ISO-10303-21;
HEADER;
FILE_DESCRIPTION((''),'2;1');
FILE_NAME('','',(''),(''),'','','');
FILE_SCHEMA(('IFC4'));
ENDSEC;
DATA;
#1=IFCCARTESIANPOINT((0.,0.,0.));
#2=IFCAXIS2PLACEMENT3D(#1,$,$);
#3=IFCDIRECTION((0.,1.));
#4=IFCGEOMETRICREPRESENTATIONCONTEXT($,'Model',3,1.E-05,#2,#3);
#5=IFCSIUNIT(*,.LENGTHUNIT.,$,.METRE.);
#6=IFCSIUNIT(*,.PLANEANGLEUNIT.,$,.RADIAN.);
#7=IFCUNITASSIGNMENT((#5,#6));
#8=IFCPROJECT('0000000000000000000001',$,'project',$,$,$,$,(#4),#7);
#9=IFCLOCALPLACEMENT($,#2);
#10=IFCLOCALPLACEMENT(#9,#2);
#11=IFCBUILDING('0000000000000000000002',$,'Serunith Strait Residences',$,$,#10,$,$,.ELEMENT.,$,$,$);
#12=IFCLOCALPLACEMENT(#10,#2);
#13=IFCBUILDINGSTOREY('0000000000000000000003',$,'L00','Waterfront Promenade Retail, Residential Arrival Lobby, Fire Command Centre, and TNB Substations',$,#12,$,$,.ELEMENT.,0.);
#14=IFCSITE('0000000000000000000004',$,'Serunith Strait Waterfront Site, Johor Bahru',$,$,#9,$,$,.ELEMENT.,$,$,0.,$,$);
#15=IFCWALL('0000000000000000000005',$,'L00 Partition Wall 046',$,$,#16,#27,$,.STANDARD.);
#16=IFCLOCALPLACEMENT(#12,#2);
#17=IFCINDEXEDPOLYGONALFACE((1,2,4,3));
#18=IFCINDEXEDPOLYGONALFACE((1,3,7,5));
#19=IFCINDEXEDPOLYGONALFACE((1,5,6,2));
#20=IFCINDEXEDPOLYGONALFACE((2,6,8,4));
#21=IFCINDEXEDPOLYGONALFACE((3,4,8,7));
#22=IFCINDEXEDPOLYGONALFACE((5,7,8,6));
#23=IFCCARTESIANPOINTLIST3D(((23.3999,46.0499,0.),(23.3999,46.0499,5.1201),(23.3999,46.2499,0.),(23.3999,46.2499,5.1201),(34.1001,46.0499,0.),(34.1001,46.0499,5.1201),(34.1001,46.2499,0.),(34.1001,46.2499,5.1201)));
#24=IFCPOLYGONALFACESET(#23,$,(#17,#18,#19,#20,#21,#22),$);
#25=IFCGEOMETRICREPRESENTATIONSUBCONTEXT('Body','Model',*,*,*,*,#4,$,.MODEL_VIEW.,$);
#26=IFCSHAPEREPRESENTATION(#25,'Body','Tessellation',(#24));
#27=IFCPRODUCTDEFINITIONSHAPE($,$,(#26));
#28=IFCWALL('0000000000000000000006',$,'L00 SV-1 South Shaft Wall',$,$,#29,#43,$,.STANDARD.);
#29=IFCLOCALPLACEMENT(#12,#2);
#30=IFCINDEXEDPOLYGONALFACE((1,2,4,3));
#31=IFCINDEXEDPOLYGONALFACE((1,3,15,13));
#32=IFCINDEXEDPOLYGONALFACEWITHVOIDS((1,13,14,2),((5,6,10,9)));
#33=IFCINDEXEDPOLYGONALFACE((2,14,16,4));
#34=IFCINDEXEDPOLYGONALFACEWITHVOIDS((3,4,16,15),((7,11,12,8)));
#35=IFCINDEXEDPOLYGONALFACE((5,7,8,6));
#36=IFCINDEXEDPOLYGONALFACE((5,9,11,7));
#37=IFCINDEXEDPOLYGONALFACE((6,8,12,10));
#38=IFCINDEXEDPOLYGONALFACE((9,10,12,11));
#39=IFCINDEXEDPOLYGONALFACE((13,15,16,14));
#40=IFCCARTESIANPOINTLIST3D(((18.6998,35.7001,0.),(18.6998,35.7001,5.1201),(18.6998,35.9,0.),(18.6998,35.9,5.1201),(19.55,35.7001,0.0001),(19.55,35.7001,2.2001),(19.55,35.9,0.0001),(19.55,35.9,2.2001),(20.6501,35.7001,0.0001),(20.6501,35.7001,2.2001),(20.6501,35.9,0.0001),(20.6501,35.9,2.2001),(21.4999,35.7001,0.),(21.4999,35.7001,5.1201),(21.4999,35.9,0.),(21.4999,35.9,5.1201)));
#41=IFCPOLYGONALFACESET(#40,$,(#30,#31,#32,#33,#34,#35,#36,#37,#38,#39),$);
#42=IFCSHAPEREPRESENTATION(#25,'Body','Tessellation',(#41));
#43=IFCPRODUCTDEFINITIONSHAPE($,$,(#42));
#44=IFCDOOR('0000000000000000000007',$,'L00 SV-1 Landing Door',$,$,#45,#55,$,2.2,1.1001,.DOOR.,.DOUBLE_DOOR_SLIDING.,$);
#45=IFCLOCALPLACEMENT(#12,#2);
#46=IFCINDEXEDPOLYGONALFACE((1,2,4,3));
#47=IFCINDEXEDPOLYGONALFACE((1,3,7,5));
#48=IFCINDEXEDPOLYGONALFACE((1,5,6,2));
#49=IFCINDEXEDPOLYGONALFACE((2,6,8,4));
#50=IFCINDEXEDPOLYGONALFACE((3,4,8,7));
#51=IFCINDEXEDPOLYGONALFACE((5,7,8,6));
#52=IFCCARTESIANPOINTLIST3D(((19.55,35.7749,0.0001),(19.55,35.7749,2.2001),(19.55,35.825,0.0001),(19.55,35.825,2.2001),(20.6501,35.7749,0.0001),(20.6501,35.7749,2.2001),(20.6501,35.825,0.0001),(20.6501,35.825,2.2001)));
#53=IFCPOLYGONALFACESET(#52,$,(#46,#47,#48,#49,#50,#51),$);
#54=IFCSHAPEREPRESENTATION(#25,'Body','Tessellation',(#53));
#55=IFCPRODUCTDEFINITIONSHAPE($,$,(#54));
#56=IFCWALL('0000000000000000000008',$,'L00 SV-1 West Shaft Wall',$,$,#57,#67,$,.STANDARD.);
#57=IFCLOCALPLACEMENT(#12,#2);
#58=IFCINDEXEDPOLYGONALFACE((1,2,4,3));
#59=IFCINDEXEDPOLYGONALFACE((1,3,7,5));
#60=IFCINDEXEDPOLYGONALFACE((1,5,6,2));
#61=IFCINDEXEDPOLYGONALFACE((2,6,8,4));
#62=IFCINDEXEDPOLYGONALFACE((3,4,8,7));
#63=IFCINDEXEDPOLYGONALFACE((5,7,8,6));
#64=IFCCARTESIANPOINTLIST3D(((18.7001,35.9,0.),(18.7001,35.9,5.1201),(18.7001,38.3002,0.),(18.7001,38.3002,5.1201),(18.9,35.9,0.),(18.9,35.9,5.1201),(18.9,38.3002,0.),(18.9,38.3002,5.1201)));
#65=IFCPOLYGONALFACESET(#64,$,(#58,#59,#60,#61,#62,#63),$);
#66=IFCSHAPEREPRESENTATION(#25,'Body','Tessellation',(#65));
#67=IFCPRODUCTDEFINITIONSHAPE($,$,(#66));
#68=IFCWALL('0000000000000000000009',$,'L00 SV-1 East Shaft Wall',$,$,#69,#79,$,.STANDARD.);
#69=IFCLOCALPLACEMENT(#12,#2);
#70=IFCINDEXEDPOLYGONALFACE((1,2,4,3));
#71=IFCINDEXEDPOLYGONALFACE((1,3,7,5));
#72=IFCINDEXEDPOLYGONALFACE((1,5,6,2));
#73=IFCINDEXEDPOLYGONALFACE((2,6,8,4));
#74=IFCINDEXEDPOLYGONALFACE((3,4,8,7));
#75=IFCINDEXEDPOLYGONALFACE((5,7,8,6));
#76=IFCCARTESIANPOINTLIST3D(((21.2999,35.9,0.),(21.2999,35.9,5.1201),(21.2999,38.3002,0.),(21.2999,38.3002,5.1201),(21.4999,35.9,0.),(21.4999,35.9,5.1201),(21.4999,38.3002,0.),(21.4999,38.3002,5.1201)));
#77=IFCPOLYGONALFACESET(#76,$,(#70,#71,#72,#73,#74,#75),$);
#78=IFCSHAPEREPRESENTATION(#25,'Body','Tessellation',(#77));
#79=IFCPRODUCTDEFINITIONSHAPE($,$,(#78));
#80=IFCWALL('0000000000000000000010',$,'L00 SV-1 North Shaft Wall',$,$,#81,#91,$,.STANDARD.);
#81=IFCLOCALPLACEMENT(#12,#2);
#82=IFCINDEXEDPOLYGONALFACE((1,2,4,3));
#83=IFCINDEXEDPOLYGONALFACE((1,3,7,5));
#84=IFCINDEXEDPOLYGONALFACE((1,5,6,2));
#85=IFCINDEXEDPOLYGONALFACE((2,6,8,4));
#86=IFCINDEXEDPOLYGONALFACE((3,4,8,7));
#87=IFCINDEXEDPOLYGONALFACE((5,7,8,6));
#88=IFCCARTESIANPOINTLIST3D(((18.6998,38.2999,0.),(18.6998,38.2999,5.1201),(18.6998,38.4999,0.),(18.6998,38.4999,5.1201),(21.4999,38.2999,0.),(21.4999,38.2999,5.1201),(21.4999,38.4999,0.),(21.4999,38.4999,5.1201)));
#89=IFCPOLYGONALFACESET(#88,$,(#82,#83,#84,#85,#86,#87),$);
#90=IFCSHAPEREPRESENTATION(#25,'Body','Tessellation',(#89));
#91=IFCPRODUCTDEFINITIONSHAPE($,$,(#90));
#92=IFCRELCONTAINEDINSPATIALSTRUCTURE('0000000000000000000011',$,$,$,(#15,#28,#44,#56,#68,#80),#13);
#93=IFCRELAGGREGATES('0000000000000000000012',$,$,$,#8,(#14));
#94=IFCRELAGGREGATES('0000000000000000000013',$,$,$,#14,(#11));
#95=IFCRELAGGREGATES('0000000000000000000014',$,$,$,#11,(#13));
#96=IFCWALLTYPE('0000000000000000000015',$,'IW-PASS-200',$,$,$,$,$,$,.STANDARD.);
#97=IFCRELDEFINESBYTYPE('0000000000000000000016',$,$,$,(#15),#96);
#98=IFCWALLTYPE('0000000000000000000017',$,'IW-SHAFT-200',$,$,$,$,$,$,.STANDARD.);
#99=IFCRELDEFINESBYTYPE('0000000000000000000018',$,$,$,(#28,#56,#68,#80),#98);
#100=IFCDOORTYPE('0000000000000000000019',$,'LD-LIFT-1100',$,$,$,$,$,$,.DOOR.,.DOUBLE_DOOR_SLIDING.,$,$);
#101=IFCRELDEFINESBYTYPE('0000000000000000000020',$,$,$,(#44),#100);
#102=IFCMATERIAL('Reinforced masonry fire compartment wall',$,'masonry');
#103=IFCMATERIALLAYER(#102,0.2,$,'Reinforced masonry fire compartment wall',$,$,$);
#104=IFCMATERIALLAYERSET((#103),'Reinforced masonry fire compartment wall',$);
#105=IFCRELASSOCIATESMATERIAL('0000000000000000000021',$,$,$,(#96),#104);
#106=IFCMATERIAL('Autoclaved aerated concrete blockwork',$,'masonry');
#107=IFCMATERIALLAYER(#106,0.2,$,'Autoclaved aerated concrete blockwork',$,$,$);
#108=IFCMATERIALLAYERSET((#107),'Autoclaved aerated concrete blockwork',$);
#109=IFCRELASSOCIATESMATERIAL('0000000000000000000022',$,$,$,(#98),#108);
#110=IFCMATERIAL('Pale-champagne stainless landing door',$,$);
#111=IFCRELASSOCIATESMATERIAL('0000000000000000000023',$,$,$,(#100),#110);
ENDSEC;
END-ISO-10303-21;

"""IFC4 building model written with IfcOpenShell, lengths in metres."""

from ifc_helpers import new_model, si_unit, direction, frame, frame_2d, origin, place, context, subcontext, project, spatial, rectangle, extrude, source, transform, mapped, material, layer, layer_set, type_object, element, fill, save


model = new_model("IFC4")

# Units and contexts
model_context = context("Model", 3, precision=1e-05, world=origin(), true_north=direction((0.0, 1.0)))
body_context = subcontext(model_context, "Body", "Model", "MODEL_VIEW")
ifc_project = project(units=[si_unit("LENGTHUNIT", "METRE"), si_unit("PLANEANGLEUNIT", "RADIAN")], contexts=[model_context])

# Site, building, storey
site_placement = place(None, origin())
site = spatial("IfcSite", under=ifc_project, at=site_placement, Name="Serunith Strait Waterfront Site, Johor Bahru", CompositionType="ELEMENT", RefElevation=0.0)
building_placement = place(site_placement, origin())
building = spatial("IfcBuilding", under=site, at=building_placement, Name="Serunith Strait Residences", CompositionType="ELEMENT")
storey_placement = place(building_placement, origin())
storey = spatial("IfcBuildingStorey", under=building, at=storey_placement, Name="L00", Description="Waterfront Promenade Retail, Residential Arrival Lobby, Fire Command Centre, and TNB Substations", CompositionType="ELEMENT", Elevation=0.0)

# Shared definitions
ifc_material_1 = material(Name="Reinforced masonry fire compartment wall", Category="masonry")
ifc_layer_1 = layer(ifc_material_1, 0.2, Name="Reinforced masonry fire compartment wall")
ifc_layer_set_1 = layer_set([ifc_layer_1], Name="Reinforced masonry fire compartment wall")
wall_type_1 = type_object("IfcWallType", Name="IW-PASS-200", PredefinedType="STANDARD", material=ifc_layer_set_1)

# Wall
for number, where, z_axis, x_axis, name in (
    (1, (23.3999, 46.1499, 0.0), (0.0, 0.0, 1.0), (1.0, 0.0, 0.0), "L00 Partition Wall 046"),
):
    element("IfcWall", number, at=place(storey_placement, frame(where, z_axis=z_axis, x_axis=x_axis)), inside=storey, type_object=wall_type_1, Name=name, PredefinedType="STANDARD", context=body_context, shape_type="SweptSolid", body=[
        extrude(rectangle(XDim=10.7002, YDim=0.2, at=frame_2d((5.3501, 0.0))), origin(), (0.0, 0.0, 1.0), 5.1201),
    ])

# Wall, opening, door
ifc_material_2 = material(Name="Autoclaved aerated concrete blockwork", Category="masonry")
ifc_layer_2 = layer(ifc_material_2, 0.2, Name="Autoclaved aerated concrete blockwork")
ifc_layer_set_2 = layer_set([ifc_layer_2], Name="Autoclaved aerated concrete blockwork")
wall_type_2 = type_object("IfcWallType", Name="IW-SHAFT-200", PredefinedType="STANDARD", material=ifc_layer_set_2)
wall_1_placement = place(storey_placement, frame((18.7, 35.8, 0.0), z_axis=(0.0, 0.0, 1.0), x_axis=(1.0, 0.0, 0.0)))
wall_1 = element("IfcWall", 2, at=wall_1_placement, inside=storey, type_object=wall_type_2, Name="L00 SV-1 South Shaft Wall", PredefinedType="STANDARD", context=body_context, shape_type="SweptSolid", body=[
    extrude(rectangle(XDim=2.8, YDim=0.2, at=frame_2d((1.3999, 0.0))), origin(), (0.0, 0.0, 1.0), 5.1201),
])
opening_1_placement = place(wall_1_placement, frame((0.8501, 0.0, 0.0)))
opening_1 = element("IfcOpeningElement", 3, at=opening_1_placement, cuts=wall_1, PredefinedType="OPENING", context=body_context, shape_type="SweptSolid", body=[
    extrude(rectangle(XDim=1.1001, YDim=2.2, at=frame_2d((0.55, 1.1001))), frame((0.0, 0.1099, 0.0), z_axis=(0.0, -1.0, 0.0), x_axis=(1.0, 0.0, 0.0)), (0.0, 0.0, 1.0), 0.22),
])
ifc_material_3 = material(Name="Pale-champagne stainless landing door")
door_type_1 = type_object("IfcDoorType", Name="LD-LIFT-1100", OperationType="DOUBLE_DOOR_SLIDING", PredefinedType="DOOR", material=ifc_material_3)
shared_shape_1 = source(origin(), body_context, "Body", "SweptSolid", [
    extrude(rectangle(XDim=1.1001, YDim=2.2, at=frame_2d((0.55, 1.1001))), frame((0.0, 0.0249, 0.0), z_axis=(0.0, -1.0, 0.0), x_axis=(1.0, 0.0, 0.0)), (0.0, 0.0, 1.0), 0.05),
])
door_1_placement = place(opening_1_placement, origin())
door_1 = element("IfcDoor", 4, at=door_1_placement, inside=storey, type_object=door_type_1, Name="L00 SV-1 Landing Door", OperationType="DOUBLE_DOOR_SLIDING", OverallHeight=2.2, OverallWidth=1.1001, PredefinedType="DOOR", context=body_context, shape_type="MappedRepresentation", body=[
    mapped(shared_shape_1, transform((0.0, 0.0, 0.0), scale=1.0)),
])
fill(opening_1, door_1)

# Walls
for number, where, z_axis, x_axis, name in (
    (5, (18.8, 35.8999, 0.0), (0.0, 0.0, 1.0), (0.0, 1.0, 0.0), "L00 SV-1 West Shaft Wall"),
    (6, (21.3999, 35.8999, 0.0), (0.0, 0.0, 1.0), (0.0, 1.0, 0.0), "L00 SV-1 East Shaft Wall"),
):
    element("IfcWall", number, at=place(storey_placement, frame(where, z_axis=z_axis, x_axis=x_axis)), inside=storey, type_object=wall_type_2, Name=name, PredefinedType="STANDARD", context=body_context, shape_type="SweptSolid", body=[
        extrude(rectangle(XDim=2.4001, YDim=0.2, at=frame_2d((1.2002, 0.0))), origin(), (0.0, 0.0, 1.0), 5.1201),
    ])
wall_2_placement = place(storey_placement, frame((18.7, 38.3999, 0.0), z_axis=(0.0, 0.0, 1.0), x_axis=(1.0, 0.0, 0.0)))
element("IfcWall", 7, at=wall_2_placement, inside=storey, type_object=wall_type_2, Name="L00 SV-1 North Shaft Wall", PredefinedType="STANDARD", context=body_context, shape_type="SweptSolid", body=[
    extrude(rectangle(XDim=2.8, YDim=0.2, at=frame_2d((1.3999, 0.0))), origin(), (0.0, 0.0, 1.0), 5.1201),
])

save(model, "model.ifc")
